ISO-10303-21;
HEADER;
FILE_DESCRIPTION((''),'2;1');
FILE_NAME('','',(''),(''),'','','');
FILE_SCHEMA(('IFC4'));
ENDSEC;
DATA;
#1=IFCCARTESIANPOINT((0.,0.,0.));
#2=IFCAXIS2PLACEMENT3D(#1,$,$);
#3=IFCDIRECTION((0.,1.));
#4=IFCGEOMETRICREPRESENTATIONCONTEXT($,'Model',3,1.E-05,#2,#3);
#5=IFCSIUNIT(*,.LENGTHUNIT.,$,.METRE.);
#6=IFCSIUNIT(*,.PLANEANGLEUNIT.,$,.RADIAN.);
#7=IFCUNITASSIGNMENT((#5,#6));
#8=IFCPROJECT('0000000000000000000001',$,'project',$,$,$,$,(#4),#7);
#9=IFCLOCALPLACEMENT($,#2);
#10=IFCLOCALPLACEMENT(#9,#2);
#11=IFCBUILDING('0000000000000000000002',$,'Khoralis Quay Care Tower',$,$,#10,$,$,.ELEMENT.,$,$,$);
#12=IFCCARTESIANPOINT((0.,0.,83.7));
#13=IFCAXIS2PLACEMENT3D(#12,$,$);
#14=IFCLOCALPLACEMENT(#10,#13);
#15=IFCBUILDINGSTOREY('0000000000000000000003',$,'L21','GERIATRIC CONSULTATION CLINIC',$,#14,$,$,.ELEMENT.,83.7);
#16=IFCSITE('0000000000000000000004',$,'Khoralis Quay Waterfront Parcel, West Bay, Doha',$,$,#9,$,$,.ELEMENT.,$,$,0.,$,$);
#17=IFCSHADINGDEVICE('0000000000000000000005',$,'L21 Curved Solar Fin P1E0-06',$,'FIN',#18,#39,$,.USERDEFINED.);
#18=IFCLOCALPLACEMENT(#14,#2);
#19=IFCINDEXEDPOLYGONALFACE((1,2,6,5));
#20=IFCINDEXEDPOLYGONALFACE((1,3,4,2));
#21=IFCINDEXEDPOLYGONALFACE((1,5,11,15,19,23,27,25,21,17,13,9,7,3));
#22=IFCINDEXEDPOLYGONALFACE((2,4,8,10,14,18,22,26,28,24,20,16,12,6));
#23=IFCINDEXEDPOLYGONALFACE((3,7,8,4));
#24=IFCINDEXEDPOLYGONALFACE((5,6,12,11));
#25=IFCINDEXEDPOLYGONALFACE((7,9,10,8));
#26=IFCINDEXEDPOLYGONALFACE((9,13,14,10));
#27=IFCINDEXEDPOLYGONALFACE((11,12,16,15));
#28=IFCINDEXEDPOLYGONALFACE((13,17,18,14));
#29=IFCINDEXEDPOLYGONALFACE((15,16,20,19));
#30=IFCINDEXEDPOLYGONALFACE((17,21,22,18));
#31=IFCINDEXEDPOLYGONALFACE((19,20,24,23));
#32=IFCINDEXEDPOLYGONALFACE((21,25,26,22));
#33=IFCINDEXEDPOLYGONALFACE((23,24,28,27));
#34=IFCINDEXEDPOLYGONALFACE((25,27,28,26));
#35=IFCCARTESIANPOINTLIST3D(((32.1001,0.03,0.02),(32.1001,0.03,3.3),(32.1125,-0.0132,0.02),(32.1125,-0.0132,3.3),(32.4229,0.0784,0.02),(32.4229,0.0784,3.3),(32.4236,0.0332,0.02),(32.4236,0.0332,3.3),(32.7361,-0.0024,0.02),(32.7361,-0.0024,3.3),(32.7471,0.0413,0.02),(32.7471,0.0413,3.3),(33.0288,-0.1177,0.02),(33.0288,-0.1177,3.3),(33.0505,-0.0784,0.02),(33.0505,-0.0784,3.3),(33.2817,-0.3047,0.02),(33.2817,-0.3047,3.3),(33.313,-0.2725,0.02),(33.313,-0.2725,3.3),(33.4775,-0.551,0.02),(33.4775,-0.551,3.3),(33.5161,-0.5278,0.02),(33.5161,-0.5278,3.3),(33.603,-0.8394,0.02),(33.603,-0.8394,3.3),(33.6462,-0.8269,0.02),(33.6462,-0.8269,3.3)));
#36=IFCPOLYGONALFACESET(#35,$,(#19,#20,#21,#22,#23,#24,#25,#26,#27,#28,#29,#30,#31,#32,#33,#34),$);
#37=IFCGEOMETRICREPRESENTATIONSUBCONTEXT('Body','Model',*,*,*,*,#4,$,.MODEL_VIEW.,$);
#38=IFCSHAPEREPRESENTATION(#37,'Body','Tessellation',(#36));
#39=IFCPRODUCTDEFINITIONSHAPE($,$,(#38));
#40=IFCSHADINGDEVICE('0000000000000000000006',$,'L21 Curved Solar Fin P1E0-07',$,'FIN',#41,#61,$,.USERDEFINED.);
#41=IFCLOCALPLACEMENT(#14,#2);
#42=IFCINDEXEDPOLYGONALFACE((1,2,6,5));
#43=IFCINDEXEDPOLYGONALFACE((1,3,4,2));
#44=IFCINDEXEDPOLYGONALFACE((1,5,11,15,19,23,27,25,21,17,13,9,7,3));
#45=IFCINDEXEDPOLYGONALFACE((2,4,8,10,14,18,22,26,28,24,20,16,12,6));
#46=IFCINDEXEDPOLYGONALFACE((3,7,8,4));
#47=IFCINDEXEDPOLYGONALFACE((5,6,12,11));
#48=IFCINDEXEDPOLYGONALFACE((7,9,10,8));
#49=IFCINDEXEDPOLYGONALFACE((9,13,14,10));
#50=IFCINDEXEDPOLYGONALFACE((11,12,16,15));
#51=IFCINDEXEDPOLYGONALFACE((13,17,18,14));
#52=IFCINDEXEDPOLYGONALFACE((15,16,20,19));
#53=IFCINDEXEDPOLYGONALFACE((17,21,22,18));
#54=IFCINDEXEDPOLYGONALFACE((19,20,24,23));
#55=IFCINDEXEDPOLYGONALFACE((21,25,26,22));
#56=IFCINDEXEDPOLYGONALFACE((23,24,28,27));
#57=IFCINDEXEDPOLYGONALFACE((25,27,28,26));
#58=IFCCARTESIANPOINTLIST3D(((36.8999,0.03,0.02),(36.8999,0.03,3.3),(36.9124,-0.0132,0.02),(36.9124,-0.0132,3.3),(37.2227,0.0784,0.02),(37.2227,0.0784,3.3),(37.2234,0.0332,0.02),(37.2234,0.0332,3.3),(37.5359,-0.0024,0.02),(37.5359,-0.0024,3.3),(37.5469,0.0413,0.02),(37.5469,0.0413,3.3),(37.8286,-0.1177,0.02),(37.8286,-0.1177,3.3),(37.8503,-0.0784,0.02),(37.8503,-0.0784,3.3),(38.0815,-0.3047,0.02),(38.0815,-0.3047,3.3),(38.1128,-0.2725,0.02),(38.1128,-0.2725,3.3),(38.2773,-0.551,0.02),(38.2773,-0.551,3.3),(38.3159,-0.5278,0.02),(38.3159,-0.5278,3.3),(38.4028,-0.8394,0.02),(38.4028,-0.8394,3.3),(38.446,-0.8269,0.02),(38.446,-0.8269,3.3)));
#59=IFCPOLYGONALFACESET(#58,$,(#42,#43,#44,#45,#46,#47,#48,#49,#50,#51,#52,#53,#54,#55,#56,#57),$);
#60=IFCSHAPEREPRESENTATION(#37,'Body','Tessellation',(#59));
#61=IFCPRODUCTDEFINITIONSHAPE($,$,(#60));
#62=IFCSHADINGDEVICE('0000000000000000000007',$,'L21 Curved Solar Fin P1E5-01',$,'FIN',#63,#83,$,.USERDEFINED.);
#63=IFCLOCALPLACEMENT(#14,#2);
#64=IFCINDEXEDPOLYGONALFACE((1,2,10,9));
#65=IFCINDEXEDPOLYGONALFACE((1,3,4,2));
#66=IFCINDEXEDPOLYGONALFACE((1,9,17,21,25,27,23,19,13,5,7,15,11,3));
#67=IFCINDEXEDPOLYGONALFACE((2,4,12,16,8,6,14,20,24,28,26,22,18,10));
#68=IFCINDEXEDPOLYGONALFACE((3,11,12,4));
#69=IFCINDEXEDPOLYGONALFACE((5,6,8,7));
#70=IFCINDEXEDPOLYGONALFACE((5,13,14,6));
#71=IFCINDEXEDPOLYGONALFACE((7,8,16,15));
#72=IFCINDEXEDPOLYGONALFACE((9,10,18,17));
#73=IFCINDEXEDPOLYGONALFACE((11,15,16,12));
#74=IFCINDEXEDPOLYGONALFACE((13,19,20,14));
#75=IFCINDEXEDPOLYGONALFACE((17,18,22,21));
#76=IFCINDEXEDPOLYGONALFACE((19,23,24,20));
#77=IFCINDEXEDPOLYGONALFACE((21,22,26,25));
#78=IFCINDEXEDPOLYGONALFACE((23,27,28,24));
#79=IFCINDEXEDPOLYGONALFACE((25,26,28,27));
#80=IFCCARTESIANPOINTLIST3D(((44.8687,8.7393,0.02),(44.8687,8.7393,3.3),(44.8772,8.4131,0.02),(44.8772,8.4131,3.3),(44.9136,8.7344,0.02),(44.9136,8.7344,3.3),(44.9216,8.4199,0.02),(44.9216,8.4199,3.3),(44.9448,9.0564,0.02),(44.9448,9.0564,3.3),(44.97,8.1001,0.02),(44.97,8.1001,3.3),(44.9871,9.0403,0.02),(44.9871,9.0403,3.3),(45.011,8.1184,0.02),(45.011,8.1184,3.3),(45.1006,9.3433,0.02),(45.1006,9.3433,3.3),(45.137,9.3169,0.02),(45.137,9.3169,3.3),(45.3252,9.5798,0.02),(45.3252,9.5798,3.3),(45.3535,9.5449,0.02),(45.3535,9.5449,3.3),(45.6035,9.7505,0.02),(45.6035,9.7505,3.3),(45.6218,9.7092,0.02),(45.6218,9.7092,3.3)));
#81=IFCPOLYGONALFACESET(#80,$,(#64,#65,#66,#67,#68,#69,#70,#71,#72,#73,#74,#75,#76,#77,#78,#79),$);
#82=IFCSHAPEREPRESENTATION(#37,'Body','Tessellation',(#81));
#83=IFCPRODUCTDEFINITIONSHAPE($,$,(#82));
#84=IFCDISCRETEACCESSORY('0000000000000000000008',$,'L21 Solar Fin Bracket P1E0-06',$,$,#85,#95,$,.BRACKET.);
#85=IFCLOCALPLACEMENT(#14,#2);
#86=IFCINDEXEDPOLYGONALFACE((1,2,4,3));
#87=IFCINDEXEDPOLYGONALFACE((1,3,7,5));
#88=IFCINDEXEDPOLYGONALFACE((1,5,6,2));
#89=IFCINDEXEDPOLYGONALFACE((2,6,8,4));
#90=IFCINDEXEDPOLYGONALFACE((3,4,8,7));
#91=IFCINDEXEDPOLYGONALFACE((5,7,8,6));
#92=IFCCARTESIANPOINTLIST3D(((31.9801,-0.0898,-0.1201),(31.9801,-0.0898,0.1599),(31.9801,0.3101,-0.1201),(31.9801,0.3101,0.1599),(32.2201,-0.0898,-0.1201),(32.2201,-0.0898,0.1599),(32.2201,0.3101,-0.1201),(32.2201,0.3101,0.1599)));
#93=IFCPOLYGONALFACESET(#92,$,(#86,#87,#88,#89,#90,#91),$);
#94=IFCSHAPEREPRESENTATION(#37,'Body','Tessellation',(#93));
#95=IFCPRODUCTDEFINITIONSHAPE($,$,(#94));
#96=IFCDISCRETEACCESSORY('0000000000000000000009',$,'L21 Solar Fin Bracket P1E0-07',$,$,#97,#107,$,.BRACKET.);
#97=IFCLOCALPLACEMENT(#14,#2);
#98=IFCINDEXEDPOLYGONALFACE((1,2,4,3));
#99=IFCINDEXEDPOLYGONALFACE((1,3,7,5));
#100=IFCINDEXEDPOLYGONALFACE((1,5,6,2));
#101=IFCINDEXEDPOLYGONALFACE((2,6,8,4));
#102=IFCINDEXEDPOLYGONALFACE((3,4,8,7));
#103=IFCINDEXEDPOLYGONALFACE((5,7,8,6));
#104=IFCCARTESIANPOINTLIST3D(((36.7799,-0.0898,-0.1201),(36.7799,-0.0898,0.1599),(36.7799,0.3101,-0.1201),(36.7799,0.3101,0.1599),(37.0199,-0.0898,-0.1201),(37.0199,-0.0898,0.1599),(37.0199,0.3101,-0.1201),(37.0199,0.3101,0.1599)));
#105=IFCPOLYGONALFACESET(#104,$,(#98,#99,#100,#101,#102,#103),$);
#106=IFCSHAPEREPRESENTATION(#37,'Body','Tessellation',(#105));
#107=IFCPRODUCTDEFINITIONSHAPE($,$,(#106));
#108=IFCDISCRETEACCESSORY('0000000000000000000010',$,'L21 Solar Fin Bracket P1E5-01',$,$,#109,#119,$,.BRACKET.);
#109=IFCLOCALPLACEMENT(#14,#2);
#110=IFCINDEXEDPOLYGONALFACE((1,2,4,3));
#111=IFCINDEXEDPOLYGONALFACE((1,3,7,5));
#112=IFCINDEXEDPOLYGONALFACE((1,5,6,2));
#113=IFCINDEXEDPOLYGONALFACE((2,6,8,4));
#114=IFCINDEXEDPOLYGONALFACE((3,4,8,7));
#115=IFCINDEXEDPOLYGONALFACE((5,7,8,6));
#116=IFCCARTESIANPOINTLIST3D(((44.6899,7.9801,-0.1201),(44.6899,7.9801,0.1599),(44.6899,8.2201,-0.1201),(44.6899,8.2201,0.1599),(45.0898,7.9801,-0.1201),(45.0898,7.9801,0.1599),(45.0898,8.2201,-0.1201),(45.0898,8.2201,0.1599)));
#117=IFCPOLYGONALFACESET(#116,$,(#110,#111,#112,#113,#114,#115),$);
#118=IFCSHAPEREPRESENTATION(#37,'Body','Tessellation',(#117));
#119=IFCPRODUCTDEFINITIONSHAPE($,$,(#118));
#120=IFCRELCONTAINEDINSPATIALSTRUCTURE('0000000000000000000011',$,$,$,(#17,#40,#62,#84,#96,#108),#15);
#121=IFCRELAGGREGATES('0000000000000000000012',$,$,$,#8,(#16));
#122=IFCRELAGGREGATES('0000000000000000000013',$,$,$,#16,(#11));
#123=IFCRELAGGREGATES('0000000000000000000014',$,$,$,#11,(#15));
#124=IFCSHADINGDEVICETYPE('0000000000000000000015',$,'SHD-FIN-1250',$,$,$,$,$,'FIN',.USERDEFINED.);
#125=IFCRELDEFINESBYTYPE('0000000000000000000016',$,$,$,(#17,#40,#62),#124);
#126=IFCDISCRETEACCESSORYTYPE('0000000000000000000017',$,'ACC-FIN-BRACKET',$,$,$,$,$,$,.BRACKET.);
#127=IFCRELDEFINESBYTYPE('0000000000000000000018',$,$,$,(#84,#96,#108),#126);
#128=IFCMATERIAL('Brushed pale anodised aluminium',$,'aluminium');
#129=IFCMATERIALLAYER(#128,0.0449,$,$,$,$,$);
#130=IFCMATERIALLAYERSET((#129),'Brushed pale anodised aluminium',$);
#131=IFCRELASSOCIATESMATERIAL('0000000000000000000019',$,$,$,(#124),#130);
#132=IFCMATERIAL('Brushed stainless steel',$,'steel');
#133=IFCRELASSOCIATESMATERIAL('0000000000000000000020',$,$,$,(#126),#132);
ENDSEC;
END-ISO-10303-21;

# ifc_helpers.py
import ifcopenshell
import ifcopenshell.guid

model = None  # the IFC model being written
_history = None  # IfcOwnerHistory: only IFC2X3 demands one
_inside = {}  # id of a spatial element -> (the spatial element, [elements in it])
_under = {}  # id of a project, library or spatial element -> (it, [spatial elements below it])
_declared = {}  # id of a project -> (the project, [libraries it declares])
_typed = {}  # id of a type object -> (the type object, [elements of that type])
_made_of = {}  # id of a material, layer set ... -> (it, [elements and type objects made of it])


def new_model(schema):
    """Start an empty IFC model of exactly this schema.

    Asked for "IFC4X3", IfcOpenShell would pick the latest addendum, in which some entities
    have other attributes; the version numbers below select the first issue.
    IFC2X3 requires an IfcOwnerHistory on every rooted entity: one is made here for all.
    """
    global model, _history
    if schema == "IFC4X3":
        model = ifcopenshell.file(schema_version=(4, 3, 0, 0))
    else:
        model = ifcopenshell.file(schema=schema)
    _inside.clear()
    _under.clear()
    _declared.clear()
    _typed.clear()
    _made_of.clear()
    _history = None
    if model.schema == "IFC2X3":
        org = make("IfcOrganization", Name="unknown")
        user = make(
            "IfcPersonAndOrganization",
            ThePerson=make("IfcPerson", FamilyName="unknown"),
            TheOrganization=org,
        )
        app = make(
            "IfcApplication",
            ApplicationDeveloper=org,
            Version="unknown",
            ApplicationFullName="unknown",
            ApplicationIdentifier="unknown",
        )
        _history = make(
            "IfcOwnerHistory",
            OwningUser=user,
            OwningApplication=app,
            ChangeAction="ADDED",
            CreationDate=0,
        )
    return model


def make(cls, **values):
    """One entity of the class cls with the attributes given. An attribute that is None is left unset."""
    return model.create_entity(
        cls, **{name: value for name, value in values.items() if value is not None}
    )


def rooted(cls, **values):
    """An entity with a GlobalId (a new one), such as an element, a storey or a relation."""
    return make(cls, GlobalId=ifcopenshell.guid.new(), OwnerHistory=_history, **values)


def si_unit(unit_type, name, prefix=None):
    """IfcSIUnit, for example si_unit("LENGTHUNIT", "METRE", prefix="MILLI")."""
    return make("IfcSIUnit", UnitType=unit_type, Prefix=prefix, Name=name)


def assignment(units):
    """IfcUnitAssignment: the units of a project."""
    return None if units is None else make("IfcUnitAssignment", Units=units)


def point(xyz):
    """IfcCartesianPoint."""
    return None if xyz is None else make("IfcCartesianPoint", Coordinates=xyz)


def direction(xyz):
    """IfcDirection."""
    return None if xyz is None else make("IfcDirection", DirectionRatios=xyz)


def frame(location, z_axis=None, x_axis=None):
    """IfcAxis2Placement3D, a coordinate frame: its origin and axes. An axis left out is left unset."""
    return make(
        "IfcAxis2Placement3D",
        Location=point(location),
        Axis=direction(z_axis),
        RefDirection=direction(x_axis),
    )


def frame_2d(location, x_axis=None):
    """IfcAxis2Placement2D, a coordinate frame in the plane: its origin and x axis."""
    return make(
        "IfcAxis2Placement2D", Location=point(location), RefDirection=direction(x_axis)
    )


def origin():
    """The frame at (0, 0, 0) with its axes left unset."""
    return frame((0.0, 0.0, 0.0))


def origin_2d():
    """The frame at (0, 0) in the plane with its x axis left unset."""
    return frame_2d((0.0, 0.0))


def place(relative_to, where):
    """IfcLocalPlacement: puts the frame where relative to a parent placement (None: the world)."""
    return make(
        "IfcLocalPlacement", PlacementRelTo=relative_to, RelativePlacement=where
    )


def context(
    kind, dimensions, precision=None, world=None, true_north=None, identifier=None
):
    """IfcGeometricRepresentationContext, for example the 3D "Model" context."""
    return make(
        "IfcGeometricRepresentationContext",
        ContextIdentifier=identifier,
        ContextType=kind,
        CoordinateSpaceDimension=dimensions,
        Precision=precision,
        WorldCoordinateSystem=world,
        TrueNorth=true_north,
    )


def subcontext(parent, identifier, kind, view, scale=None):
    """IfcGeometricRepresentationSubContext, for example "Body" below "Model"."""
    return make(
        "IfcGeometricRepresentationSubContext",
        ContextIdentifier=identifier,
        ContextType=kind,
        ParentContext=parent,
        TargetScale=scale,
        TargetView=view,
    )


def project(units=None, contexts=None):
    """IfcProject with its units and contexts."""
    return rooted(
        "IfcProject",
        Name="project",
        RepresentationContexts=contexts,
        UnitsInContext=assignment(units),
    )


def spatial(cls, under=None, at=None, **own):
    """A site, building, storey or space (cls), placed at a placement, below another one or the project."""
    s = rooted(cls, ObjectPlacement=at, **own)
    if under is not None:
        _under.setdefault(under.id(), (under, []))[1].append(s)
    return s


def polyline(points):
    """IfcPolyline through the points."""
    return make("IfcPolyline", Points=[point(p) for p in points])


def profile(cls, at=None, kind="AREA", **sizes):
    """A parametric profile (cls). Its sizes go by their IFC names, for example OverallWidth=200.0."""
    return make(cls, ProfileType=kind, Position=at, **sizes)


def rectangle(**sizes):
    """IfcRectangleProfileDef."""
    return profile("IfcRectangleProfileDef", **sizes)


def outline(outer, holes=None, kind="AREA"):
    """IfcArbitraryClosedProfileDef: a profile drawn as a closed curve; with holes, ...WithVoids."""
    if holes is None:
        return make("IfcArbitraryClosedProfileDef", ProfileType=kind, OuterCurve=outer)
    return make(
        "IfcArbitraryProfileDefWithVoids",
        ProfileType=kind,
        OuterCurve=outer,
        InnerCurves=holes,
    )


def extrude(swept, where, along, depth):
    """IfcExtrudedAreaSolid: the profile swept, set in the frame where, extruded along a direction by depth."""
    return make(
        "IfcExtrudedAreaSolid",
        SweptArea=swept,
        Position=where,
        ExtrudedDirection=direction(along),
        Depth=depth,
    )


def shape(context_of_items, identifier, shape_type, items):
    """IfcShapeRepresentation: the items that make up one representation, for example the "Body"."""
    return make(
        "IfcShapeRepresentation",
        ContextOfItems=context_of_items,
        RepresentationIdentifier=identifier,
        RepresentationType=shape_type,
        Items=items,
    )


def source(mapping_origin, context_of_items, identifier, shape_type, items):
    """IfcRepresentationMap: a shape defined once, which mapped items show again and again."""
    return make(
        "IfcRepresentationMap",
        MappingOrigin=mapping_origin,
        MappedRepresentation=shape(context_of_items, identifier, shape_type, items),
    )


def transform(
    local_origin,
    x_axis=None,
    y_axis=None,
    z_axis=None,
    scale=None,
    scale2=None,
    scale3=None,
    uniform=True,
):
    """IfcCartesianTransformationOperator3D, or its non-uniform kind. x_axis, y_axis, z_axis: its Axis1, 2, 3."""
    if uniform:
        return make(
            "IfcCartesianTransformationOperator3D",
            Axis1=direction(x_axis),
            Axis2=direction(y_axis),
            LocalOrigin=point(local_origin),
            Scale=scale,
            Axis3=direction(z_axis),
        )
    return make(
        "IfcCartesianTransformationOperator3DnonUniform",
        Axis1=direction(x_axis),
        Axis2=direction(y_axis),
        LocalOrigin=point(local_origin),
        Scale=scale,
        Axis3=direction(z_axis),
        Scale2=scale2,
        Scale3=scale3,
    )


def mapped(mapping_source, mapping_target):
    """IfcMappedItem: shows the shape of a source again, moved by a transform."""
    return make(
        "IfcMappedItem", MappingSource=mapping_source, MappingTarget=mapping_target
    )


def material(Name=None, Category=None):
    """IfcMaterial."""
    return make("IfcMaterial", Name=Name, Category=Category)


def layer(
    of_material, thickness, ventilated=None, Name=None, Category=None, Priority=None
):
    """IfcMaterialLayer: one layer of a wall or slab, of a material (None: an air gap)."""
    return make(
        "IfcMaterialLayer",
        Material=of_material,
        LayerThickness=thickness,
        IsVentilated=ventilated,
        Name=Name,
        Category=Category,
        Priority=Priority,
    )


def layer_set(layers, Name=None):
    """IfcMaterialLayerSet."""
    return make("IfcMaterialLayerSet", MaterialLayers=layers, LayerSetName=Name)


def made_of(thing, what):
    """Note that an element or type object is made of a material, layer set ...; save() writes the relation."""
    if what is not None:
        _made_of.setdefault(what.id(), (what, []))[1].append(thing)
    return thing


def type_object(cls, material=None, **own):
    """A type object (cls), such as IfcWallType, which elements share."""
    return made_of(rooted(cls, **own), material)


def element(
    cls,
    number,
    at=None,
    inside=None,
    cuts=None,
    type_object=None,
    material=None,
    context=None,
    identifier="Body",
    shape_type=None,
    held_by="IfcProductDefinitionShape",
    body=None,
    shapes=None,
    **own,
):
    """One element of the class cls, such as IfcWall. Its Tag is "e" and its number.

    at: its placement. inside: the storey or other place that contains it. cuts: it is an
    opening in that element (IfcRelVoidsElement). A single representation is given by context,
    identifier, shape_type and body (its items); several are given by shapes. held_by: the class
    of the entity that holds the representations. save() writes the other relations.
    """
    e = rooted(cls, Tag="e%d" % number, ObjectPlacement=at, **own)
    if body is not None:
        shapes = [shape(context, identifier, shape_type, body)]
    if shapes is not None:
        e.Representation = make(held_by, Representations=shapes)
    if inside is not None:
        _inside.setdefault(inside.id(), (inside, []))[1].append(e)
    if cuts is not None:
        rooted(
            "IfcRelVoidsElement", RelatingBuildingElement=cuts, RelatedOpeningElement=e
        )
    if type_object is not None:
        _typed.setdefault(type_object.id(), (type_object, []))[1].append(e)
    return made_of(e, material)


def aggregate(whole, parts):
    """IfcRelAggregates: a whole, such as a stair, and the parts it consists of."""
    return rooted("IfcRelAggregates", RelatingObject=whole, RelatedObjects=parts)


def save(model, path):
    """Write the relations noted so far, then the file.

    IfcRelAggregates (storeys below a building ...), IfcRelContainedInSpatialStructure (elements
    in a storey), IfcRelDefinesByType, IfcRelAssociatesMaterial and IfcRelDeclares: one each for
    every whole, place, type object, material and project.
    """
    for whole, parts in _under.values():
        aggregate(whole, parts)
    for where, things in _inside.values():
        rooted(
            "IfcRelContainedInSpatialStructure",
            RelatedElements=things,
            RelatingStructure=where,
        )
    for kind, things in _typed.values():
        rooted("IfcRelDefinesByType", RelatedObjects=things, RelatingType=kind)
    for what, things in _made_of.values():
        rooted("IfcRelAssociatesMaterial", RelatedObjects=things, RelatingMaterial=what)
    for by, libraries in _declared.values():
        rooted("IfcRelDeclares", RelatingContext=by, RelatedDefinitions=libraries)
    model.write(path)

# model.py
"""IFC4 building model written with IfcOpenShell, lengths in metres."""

from ifc_helpers import new_model, si_unit, direction, frame, origin, origin_2d, place, context, subcontext, project, spatial, polyline, rectangle, outline, extrude, source, transform, mapped, material, layer, layer_set, type_object, element, save


model = new_model("IFC4")

# Units and contexts
model_context = context("Model", 3, precision=1e-05, world=origin(), true_north=direction((0.0, 1.0)))
body_context = subcontext(model_context, "Body", "Model", "MODEL_VIEW")
ifc_project = project(units=[si_unit("LENGTHUNIT", "METRE"), si_unit("PLANEANGLEUNIT", "RADIAN")], contexts=[model_context])

# Site, building, storey
site_placement = place(None, origin())
site = spatial("IfcSite", under=ifc_project, at=site_placement, Name="Khoralis Quay Waterfront Parcel, West Bay, Doha", CompositionType="ELEMENT", RefElevation=0.0)
building_placement = place(site_placement, origin())
building = spatial("IfcBuilding", under=site, at=building_placement, Name="Khoralis Quay Care Tower", CompositionType="ELEMENT")
storey_placement = place(building_placement, frame((0.0, 0.0, 83.7)))
storey = spatial("IfcBuildingStorey", under=building, at=storey_placement, Name="L21", Description="GERIATRIC CONSULTATION CLINIC", CompositionType="ELEMENT", Elevation=83.7)

# Shading devices
ifc_material_1 = material(Name="Brushed pale anodised aluminium", Category="aluminium")
ifc_layer_1 = layer(ifc_material_1, 0.0449)
ifc_layer_set_1 = layer_set([ifc_layer_1], Name="Brushed pale anodised aluminium")
shading_device_type = type_object("IfcShadingDeviceType", Name="SHD-FIN-1250", ElementType="FIN", PredefinedType="USERDEFINED", material=ifc_layer_set_1)
shared_shape_1 = source(origin(), body_context, "Body", "SweptSolid", [
    extrude(outline(polyline([(0.0, 0.0), (-0.0483, 0.3228), (-0.0112, 0.647), (0.1084, 0.9504), (0.3025, 1.2129), (0.5579, 1.416), (0.8569, 1.5461), (0.8694, 1.5029), (0.5811, 1.3774), (0.3347, 1.1816), (0.1477, 0.9287), (0.0325, 0.636), (-0.0032, 0.3235), (0.0432, 0.0125), (0.0, 0.0)])), origin(), (0.0, 0.0, 1.0), 3.28),
])
for number, where, z_axis, x_axis, name in (
    (1, (32.1001, 0.03, 0.02), (0.0, 0.0, 1.0), (0.0, -1.0, 0.0), "L21 Curved Solar Fin P1E0-06"),
    (2, (36.8999, 0.03, 0.02), (0.0, 0.0, 1.0), (0.0, -1.0, 0.0), "L21 Curved Solar Fin P1E0-07"),
):
    element("IfcShadingDevice", number, at=place(storey_placement, frame(where, z_axis=z_axis, x_axis=x_axis)), inside=storey, type_object=shading_device_type, Name=name, ObjectType="FIN", PredefinedType="USERDEFINED", context=body_context, shape_type="MappedRepresentation", body=[
        mapped(shared_shape_1, transform((0.0, 0.0, 0.0), scale=1.0)),
    ])
shared_shape_2 = source(origin(), body_context, "Body", "SweptSolid", [
    extrude(outline(polyline([(0.0, 0.0), (-0.0928, 0.313), (-0.1013, 0.6392), (-0.0251, 0.9563), (0.1306, 1.2432), (0.3552, 1.4797), (0.6335, 1.6504), (0.6519, 1.6091), (0.3835, 1.4448), (0.167, 1.2168), (0.0171, 0.9402), (-0.0564, 0.6343), (-0.0483, 0.3198), (0.041, 0.0183), (0.0, 0.0)])), origin(), (0.0, 0.0, 1.0), 3.28),
])
shading_device_placement = place(storey_placement, frame((44.97, 8.1001, 0.02), z_axis=(0.0, 0.0, 1.0), x_axis=(1.0, 0.0, 0.0)))
element("IfcShadingDevice", 3, at=shading_device_placement, inside=storey, type_object=shading_device_type, Name="L21 Curved Solar Fin P1E5-01", ObjectType="FIN", PredefinedType="USERDEFINED", context=body_context, shape_type="MappedRepresentation", body=[
    mapped(shared_shape_2, transform((0.0, 0.0, 0.0), scale=1.0)),
])

# Discrete accessories
ifc_material_2 = material(Name="Brushed stainless steel", Category="steel")
discrete_accessory_type = type_object("IfcDiscreteAccessoryType", Name="ACC-FIN-BRACKET", PredefinedType="BRACKET", material=ifc_material_2)
shared_shape_3 = source(origin(), body_context, "Body", "SweptSolid", [
    extrude(rectangle(XDim=0.3999, YDim=0.24, at=origin_2d()), origin(), (0.0, 0.0, 1.0), 0.28),
])
for number, where, z_axis, x_axis, name in (
    (4, (32.1001, 0.1101, -0.1201), (0.0, 0.0, 1.0), (0.0, -1.0, 0.0), "L21 Solar Fin Bracket P1E0-06"),
    (5, (36.8999, 0.1101, -0.1201), (0.0, 0.0, 1.0), (0.0, -1.0, 0.0), "L21 Solar Fin Bracket P1E0-07"),
    (6, (44.8899, 8.1001, -0.1201), (0.0, 0.0, 1.0), (1.0, 0.0, 0.0), "L21 Solar Fin Bracket P1E5-01"),
):
    element("IfcDiscreteAccessory", number, at=place(storey_placement, frame(where, z_axis=z_axis, x_axis=x_axis)), inside=storey, type_object=discrete_accessory_type, Name=name, PredefinedType="BRACKET", context=body_context, shape_type="MappedRepresentation", body=[
        mapped(shared_shape_3, transform((0.0, 0.0, 0.0), scale=1.0)),
    ])

save(model, "model.ifc")
